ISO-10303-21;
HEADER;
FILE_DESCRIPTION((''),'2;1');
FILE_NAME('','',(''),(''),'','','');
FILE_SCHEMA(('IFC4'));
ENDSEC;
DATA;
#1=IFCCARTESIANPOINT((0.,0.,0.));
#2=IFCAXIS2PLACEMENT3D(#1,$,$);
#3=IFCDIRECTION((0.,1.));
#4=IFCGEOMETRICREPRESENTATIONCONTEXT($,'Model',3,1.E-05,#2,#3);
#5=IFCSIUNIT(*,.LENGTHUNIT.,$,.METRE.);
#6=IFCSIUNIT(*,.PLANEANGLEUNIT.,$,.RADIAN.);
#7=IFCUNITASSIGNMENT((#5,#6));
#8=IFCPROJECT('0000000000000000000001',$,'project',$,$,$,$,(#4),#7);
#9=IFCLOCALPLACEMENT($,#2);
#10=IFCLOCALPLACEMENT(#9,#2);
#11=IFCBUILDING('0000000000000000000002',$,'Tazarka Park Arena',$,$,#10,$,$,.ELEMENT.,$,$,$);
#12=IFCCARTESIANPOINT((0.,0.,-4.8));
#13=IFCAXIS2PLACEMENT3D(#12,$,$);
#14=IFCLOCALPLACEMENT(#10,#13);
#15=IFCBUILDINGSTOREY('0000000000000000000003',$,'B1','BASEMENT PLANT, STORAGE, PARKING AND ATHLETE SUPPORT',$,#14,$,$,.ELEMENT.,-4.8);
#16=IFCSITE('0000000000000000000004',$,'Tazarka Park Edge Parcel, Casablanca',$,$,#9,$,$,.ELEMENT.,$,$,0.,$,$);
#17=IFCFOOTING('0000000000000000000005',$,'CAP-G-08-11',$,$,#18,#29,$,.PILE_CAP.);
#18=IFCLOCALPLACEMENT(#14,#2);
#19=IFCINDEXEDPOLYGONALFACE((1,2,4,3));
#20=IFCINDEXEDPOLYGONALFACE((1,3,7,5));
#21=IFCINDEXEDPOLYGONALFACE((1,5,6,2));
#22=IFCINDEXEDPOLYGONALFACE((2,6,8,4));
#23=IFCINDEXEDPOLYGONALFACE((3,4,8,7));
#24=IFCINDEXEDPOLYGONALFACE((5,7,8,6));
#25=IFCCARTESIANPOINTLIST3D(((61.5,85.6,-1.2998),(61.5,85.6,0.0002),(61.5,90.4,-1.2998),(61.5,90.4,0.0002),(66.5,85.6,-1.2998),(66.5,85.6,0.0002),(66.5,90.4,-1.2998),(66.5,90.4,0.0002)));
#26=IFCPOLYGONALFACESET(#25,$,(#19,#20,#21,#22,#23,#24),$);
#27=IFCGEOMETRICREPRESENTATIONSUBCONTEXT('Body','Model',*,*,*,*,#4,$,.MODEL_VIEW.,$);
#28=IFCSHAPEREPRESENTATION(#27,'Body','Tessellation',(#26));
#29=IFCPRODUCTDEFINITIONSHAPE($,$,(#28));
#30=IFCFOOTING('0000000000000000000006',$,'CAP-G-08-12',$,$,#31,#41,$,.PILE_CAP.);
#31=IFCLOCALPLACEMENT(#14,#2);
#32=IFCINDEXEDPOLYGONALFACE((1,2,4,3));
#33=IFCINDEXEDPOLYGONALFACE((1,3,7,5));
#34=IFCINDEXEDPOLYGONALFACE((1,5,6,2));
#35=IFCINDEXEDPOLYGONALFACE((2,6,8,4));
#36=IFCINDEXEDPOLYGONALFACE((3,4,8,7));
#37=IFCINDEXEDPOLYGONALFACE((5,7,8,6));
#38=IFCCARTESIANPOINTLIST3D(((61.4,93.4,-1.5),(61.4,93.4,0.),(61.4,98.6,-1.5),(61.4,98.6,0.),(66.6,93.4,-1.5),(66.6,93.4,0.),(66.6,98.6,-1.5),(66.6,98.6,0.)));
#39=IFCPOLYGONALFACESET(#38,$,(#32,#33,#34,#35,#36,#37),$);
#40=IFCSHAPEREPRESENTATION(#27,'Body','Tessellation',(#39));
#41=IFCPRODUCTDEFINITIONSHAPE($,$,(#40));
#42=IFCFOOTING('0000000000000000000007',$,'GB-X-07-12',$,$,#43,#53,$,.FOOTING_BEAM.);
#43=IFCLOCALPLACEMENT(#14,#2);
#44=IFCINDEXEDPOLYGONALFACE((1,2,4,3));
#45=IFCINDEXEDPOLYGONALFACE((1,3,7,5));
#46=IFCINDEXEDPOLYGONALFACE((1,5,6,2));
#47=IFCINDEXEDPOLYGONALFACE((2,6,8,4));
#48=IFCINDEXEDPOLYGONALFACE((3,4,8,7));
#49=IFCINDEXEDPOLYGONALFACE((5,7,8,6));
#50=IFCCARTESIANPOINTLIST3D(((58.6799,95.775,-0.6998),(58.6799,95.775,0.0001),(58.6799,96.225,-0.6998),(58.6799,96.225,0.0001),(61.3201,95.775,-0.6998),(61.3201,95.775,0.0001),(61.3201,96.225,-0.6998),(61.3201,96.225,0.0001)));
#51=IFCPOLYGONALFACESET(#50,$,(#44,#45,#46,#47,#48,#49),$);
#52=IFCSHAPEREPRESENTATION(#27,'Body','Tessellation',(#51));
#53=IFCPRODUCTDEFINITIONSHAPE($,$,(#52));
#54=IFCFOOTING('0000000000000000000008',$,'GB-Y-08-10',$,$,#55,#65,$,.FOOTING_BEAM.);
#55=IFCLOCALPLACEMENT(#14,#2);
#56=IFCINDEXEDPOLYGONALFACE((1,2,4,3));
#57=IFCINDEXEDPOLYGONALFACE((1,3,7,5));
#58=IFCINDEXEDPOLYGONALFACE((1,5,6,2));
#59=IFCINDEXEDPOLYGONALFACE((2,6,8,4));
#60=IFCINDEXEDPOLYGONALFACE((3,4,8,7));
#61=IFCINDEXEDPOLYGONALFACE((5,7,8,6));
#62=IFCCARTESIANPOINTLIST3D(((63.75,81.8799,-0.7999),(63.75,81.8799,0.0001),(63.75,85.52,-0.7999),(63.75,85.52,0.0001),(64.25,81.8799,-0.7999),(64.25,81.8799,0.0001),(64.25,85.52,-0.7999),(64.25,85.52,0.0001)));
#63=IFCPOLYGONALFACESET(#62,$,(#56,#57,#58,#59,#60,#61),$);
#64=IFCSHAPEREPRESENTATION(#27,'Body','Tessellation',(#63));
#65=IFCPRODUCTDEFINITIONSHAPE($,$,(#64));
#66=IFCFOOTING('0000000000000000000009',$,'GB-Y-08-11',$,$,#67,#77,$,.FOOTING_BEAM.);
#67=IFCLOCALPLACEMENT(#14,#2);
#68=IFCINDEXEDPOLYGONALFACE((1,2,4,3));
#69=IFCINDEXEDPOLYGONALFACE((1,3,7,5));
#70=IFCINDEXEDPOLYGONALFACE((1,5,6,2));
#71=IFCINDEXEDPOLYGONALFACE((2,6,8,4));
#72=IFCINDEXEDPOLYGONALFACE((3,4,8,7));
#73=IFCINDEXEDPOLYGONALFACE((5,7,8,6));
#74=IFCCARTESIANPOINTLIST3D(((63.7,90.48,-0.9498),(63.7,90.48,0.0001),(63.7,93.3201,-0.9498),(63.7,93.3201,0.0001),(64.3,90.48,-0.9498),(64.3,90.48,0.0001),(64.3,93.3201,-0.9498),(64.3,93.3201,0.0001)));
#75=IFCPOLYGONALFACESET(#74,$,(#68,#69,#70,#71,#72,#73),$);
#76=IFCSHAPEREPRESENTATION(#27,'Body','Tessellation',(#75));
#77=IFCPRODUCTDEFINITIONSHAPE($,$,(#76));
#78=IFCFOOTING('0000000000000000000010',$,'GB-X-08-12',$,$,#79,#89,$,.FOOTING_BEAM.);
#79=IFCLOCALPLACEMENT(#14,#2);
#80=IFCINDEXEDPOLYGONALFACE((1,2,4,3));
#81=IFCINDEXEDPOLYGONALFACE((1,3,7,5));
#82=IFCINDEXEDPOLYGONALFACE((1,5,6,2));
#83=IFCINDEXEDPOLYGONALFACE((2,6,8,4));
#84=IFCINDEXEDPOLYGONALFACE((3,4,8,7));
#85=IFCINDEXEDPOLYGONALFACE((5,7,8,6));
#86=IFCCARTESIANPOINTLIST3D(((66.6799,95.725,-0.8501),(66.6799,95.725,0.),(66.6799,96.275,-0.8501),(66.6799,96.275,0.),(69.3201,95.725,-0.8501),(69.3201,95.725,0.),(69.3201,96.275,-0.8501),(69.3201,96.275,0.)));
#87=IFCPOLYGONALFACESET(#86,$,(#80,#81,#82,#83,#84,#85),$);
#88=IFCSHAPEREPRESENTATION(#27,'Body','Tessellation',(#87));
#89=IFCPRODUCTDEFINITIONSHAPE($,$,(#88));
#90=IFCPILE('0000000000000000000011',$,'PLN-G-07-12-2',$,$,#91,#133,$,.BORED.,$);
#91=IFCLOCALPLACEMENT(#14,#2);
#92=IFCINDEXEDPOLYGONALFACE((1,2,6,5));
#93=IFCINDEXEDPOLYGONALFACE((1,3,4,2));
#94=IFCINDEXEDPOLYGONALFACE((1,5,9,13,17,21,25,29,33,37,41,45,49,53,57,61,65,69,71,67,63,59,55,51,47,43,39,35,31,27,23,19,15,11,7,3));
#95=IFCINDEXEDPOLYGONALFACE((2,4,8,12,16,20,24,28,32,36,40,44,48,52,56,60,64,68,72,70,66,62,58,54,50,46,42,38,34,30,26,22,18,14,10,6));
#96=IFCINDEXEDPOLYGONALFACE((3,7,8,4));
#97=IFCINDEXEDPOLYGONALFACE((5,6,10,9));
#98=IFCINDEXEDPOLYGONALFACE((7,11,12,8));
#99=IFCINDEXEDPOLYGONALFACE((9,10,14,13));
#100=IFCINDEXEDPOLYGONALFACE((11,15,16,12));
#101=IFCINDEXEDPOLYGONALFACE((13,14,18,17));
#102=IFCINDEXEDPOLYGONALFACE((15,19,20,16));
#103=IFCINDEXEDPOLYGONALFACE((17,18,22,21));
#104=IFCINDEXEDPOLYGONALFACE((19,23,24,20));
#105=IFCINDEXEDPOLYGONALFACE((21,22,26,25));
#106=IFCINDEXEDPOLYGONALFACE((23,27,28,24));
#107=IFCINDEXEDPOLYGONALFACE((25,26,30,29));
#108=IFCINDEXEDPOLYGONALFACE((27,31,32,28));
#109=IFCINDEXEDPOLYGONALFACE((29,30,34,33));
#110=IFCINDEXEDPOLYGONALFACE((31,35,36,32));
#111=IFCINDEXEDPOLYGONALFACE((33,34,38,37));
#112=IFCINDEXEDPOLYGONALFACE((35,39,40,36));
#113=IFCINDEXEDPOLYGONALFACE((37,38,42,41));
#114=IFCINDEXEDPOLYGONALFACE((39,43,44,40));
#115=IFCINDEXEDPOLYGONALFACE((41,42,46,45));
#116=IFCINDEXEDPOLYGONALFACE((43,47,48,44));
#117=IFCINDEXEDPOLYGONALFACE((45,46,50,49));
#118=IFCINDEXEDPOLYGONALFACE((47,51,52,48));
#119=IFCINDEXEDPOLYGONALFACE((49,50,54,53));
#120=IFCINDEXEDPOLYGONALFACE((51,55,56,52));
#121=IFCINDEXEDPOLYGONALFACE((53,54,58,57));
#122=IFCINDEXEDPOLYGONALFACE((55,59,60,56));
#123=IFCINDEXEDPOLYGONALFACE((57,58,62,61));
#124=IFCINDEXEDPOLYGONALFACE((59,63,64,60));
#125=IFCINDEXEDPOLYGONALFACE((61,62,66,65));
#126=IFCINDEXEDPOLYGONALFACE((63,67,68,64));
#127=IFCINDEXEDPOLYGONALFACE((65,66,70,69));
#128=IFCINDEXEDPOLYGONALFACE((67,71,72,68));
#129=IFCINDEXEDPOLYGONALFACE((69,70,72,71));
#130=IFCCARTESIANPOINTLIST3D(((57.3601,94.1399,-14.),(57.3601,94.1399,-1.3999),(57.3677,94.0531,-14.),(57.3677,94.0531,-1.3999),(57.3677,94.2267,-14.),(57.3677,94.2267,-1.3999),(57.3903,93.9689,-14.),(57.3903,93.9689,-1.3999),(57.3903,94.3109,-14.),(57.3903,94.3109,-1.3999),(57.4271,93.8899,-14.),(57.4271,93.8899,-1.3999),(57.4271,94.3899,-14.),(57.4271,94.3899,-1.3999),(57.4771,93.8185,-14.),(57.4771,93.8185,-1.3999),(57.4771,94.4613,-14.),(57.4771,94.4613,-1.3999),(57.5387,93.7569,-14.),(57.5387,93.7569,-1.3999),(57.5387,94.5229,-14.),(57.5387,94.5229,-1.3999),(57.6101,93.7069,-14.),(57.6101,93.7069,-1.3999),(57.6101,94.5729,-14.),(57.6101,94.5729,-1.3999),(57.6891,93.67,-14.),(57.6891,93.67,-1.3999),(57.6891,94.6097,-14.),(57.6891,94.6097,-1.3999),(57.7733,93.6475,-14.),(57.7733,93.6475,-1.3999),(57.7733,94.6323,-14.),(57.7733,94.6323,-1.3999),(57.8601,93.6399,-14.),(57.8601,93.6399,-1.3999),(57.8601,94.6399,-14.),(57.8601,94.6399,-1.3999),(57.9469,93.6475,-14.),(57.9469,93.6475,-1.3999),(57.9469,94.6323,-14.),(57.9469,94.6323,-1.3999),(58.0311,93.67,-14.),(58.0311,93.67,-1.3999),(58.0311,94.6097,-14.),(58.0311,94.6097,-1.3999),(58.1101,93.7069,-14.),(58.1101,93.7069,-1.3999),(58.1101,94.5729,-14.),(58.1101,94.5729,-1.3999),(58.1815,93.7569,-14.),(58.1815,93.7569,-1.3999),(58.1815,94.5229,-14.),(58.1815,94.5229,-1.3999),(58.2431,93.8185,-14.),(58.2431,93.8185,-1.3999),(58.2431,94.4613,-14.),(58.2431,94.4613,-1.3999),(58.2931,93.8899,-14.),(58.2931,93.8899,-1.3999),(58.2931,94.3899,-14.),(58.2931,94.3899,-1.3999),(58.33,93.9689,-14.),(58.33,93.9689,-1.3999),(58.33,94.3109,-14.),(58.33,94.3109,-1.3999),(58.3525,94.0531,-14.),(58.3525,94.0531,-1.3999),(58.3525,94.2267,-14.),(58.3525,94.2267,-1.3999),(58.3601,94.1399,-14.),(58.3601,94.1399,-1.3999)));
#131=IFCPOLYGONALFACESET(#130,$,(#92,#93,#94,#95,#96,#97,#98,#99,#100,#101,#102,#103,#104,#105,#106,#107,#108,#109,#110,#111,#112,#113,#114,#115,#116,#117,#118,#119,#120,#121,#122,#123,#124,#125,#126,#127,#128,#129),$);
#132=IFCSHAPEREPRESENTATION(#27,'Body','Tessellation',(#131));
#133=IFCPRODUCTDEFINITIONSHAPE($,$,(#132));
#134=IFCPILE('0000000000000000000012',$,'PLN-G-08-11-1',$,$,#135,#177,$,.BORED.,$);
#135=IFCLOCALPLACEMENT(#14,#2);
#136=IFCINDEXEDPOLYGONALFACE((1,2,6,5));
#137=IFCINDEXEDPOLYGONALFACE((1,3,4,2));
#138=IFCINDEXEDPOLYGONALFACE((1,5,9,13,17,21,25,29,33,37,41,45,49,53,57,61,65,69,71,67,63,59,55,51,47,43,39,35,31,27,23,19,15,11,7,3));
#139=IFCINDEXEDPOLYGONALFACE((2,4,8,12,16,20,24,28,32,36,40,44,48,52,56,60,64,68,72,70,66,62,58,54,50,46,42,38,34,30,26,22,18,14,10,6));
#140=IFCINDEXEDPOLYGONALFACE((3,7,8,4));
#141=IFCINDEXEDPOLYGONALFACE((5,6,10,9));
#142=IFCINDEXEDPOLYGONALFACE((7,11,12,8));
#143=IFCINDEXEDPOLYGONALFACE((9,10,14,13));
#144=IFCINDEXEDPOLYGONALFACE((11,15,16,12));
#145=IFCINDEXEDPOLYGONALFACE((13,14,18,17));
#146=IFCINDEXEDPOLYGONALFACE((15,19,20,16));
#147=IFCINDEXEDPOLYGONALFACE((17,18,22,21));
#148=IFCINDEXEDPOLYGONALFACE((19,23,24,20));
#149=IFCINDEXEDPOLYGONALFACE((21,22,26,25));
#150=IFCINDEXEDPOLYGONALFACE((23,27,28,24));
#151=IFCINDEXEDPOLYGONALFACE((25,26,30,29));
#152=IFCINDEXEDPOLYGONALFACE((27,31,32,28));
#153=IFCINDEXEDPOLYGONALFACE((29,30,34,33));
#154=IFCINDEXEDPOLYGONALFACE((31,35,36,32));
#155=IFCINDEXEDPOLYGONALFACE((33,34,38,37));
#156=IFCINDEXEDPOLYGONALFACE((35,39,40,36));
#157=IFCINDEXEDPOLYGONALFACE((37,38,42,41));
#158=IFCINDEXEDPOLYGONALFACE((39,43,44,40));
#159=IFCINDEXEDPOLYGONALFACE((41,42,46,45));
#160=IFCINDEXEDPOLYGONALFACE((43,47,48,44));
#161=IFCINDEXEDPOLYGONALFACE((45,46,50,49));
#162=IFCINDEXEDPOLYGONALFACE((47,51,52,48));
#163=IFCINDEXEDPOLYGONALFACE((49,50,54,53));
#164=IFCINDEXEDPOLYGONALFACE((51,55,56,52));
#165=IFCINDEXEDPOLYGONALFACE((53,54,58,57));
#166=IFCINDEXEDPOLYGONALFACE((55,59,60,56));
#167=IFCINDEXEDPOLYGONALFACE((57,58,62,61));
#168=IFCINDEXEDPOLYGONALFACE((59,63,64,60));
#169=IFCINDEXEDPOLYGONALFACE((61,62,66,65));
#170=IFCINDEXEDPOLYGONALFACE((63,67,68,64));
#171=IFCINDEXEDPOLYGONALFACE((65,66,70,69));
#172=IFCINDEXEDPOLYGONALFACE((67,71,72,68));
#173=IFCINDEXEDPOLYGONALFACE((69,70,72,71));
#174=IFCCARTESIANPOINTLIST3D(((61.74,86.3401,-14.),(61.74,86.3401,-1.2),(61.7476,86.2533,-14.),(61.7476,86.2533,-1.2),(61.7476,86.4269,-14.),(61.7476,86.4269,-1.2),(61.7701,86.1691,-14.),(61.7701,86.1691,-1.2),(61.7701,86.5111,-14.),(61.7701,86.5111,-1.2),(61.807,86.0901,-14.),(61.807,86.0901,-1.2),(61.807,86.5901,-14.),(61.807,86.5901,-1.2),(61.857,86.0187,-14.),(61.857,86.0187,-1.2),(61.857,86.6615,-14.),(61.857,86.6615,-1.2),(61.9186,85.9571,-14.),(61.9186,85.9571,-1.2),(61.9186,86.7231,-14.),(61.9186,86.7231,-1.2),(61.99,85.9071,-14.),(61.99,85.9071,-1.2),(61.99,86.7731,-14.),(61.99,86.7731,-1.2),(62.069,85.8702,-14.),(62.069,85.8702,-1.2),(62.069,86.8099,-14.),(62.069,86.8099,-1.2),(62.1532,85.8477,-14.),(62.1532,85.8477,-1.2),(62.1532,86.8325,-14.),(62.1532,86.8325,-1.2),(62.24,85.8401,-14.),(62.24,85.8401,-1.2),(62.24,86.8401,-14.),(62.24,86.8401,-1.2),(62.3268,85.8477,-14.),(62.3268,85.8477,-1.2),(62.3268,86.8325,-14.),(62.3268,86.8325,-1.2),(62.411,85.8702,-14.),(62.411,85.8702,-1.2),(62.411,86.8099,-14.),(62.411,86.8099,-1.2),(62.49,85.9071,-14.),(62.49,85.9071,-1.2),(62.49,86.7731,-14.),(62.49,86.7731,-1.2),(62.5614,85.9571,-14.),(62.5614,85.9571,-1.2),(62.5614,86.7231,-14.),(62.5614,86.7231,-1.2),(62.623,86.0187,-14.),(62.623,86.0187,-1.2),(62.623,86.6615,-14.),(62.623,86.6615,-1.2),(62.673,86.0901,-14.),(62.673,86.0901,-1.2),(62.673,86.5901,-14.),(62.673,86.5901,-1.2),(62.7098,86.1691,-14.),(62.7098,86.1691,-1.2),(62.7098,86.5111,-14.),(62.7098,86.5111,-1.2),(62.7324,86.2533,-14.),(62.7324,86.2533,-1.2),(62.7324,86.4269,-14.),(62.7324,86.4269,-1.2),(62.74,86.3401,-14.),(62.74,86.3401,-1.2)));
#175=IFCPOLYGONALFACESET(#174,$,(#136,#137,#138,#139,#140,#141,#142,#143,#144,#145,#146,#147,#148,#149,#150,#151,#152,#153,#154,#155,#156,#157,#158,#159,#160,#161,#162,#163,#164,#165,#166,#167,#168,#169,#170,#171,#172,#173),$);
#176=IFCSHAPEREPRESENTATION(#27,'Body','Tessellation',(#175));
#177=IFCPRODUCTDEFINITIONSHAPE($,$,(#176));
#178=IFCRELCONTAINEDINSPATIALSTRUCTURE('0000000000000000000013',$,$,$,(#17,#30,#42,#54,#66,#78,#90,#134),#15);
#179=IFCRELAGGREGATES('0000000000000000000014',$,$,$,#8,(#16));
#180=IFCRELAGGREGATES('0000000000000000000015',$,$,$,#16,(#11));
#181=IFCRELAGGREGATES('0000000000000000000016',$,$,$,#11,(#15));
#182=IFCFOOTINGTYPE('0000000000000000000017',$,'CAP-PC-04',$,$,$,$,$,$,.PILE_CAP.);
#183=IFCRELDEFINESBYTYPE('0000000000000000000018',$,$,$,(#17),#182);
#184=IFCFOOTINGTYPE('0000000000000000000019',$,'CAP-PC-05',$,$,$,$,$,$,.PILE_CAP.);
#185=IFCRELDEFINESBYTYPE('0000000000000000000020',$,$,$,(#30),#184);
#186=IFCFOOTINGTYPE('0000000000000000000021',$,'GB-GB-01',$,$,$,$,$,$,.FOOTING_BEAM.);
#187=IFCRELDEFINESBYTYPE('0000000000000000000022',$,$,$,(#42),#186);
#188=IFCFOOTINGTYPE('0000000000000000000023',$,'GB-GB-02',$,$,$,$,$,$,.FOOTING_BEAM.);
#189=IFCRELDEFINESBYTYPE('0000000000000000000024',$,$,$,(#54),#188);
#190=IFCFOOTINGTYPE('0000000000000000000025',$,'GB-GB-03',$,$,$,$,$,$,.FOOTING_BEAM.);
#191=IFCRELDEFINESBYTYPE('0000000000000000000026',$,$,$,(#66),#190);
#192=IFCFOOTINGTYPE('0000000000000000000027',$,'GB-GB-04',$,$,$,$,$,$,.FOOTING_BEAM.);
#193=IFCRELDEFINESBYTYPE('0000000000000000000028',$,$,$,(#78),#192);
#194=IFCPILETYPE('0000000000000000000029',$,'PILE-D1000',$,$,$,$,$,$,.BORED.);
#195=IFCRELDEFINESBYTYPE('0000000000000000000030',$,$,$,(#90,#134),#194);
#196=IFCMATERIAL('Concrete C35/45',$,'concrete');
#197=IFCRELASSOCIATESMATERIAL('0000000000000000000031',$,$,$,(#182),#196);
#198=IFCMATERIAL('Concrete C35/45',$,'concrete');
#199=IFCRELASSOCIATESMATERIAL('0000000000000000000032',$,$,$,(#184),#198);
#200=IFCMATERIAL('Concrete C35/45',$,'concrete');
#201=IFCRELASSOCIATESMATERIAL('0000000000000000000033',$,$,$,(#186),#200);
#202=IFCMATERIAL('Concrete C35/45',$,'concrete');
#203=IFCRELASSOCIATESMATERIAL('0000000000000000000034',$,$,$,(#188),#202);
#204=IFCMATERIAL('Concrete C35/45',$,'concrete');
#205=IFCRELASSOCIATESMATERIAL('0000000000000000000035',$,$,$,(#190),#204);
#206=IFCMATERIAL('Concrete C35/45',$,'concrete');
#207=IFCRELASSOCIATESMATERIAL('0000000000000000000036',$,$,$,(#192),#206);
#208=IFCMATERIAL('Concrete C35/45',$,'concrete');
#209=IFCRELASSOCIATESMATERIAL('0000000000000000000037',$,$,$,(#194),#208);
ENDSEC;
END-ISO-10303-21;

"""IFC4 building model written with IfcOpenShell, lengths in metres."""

from ifc_helpers import new_model, si_unit, direction, frame, origin, origin_2d, place, context, subcontext, project, spatial, rectangle, circle, extrude, material, material_profile, profile_set, type_object, element, save


model = new_model("IFC4")

# Units and contexts
model_context = context("Model", 3, precision=1e-05, world=origin(), true_north=direction((0.0, 1.0)))
body_context = subcontext(model_context, "Body", "Model", "MODEL_VIEW")
ifc_project = project(units=[si_unit("LENGTHUNIT", "METRE"), si_unit("PLANEANGLEUNIT", "RADIAN")], contexts=[model_context])

# Site, building, storey
site_placement = place(None, origin())
site = spatial("IfcSite", under=ifc_project, at=site_placement, Name="Tazarka Park Edge Parcel, Casablanca", CompositionType="ELEMENT", RefElevation=0.0)
building_placement = place(site_placement, origin())
building = spatial("IfcBuilding", under=site, at=building_placement, Name="Tazarka Park Arena", CompositionType="ELEMENT")
storey_placement = place(building_placement, frame((0.0, 0.0, -4.8)))
storey = spatial("IfcBuildingStorey", under=building, at=storey_placement, Name="B1", Description="BASEMENT PLANT, STORAGE, PARKING AND ATHLETE SUPPORT", CompositionType="ELEMENT", Elevation=-4.8)

# Footings
ifc_material_1 = material(Name="Concrete C35/45", Category="concrete")
footing_type_1 = type_object("IfcFootingType", Name="CAP-PC-04", PredefinedType="PILE_CAP", material=ifc_material_1)
footing_1_placement = place(storey_placement, frame((64.0, 88.0, -1.2998), z_axis=(0.0, 0.0, 1.0), x_axis=(1.0, 0.0, 0.0)))
element("IfcFooting", 1, at=footing_1_placement, inside=storey, type_object=footing_type_1, Name="CAP-G-08-11", PredefinedType="PILE_CAP", context=body_context, shape_type="SweptSolid", body=[
    extrude(rectangle(XDim=5.0, YDim=4.8, at=origin_2d()), origin(), (0.0, 0.0, 1.0), 1.3),
])
ifc_material_2 = material(Name="Concrete C35/45", Category="concrete")
footing_type_2 = type_object("IfcFootingType", Name="CAP-PC-05", PredefinedType="PILE_CAP", material=ifc_material_2)
footing_2_placement = place(storey_placement, frame((64.0, 96.0, -1.5), z_axis=(0.0, 0.0, 1.0), x_axis=(1.0, 0.0, 0.0)))
element("IfcFooting", 2, at=footing_2_placement, inside=storey, type_object=footing_type_2, Name="CAP-G-08-12", PredefinedType="PILE_CAP", context=body_context, shape_type="SweptSolid", body=[
    extrude(rectangle(XDim=5.2, YDim=5.2, at=origin_2d()), origin(), (0.0, 0.0, 1.0), 1.5),
])
ifc_material_3 = material(Name="Concrete C35/45", Category="concrete")
ifc_material_profile_1 = material_profile(ifc_material_3, rectangle(XDim=0.45, YDim=0.7, at=origin_2d()), Name="Concrete C35/45")
ifc_profile_set_1 = profile_set([ifc_material_profile_1], Name="Concrete C35/45")
footing_type_3 = type_object("IfcFootingType", Name="GB-GB-01", PredefinedType="FOOTING_BEAM", material=ifc_profile_set_1)
footing_3_placement = place(storey_placement, frame((58.6799, 96.0, -0.3499), z_axis=(1.0, 0.0, 0.0), x_axis=(0.0, 1.0, 0.0)))
element("IfcFooting", 3, at=footing_3_placement, inside=storey, type_object=footing_type_3, Name="GB-X-07-12", PredefinedType="FOOTING_BEAM", context=body_context, shape_type="SweptSolid", body=[
    extrude(rectangle(XDim=0.45, YDim=0.7, at=origin_2d()), origin(), (0.0, 0.0, 1.0), 2.6401),
])
ifc_material_4 = material(Name="Concrete C35/45", Category="concrete")
ifc_material_profile_2 = material_profile(ifc_material_4, rectangle(XDim=0.5, YDim=0.8, at=origin_2d()), Name="Concrete C35/45")
ifc_profile_set_2 = profile_set([ifc_material_profile_2], Name="Concrete C35/45")
footing_type_4 = type_object("IfcFootingType", Name="GB-GB-02", PredefinedType="FOOTING_BEAM", material=ifc_profile_set_2)
footing_4_placement = place(storey_placement, frame((64.0, 81.8799, -0.3999), z_axis=(0.0, 1.0, 0.0), x_axis=(-1.0, 0.0, 0.0)))
element("IfcFooting", 4, at=footing_4_placement, inside=storey, type_object=footing_type_4, Name="GB-Y-08-10", PredefinedType="FOOTING_BEAM", context=body_context, shape_type="SweptSolid", body=[
    extrude(rectangle(XDim=0.5, YDim=0.8, at=origin_2d()), origin(), (0.0, 0.0, 1.0), 3.6401),
])
ifc_material_5 = material(Name="Concrete C35/45", Category="concrete")
ifc_material_profile_3 = material_profile(ifc_material_5, rectangle(XDim=0.6001, YDim=0.95, at=origin_2d()), Name="Concrete C35/45")
ifc_profile_set_3 = profile_set([ifc_material_profile_3], Name="Concrete C35/45")
footing_type_5 = type_object("IfcFootingType", Name="GB-GB-03", PredefinedType="FOOTING_BEAM", material=ifc_profile_set_3)
footing_5_placement = place(storey_placement, frame((64.0, 90.48, -0.4749), z_axis=(0.0, 1.0, 0.0), x_axis=(-1.0, 0.0, 0.0)))
element("IfcFooting", 5, at=footing_5_placement, inside=storey, type_object=footing_type_5, Name="GB-Y-08-11", PredefinedType="FOOTING_BEAM", context=body_context, shape_type="SweptSolid", body=[
    extrude(rectangle(XDim=0.6001, YDim=0.95, at=origin_2d()), origin(), (0.0, 0.0, 1.0), 2.8401),
])
ifc_material_6 = material(Name="Concrete C35/45", Category="concrete")
ifc_material_profile_4 = material_profile(ifc_material_6, rectangle(XDim=0.55, YDim=0.8501, at=origin_2d()), Name="Concrete C35/45")
ifc_profile_set_4 = profile_set([ifc_material_profile_4], Name="Concrete C35/45")
footing_type_6 = type_object("IfcFootingType", Name="GB-GB-04", PredefinedType="FOOTING_BEAM", material=ifc_profile_set_4)
footing_6_placement = place(storey_placement, frame((66.6799, 96.0, -0.425), z_axis=(1.0, 0.0, 0.0), x_axis=(0.0, 1.0, 0.0)))
element("IfcFooting", 6, at=footing_6_placement, inside=storey, type_object=footing_type_6, Name="GB-X-08-12", PredefinedType="FOOTING_BEAM", context=body_context, shape_type="SweptSolid", body=[
    extrude(rectangle(XDim=0.55, YDim=0.8501, at=origin_2d()), origin(), (0.0, 0.0, 1.0), 2.6401),
])

# Piles
ifc_material_7 = material(Name="Concrete C35/45", Category="concrete")
ifc_material_profile_5 = material_profile(ifc_material_7, circle(Radius=0.5, at=origin_2d()), Name="Concrete C35/45")
ifc_profile_set_5 = profile_set([ifc_material_profile_5], Name="Concrete C35/45")
pile_type_1 = type_object("IfcPileType", Name="PILE-D1000", PredefinedType="BORED", material=ifc_profile_set_5)
pile_1_placement = place(storey_placement, frame((57.8601, 94.1399, -1.3999), z_axis=(0.0, 0.0, -1.0), x_axis=(1.0, 0.0, 0.0)))
element("IfcPile", 7, at=pile_1_placement, inside=storey, type_object=pile_type_1, Name="PLN-G-07-12-2", PredefinedType="BORED", context=body_context, shape_type="SweptSolid", body=[
    extrude(circle(Radius=0.5, at=origin_2d()), origin(), (0.0, 0.0, 1.0), 12.6001),
])
for number, where, z_axis, x_axis, name in (
    (8, (62.24, 86.3401, -1.2), (0.0, 0.0, -1.0), (1.0, 0.0, 0.0), "PLN-G-08-11-1"),
):
    element("IfcPile", number, at=place(storey_placement, frame(where, z_axis=z_axis, x_axis=x_axis)), inside=storey, type_object=pile_type_1, Name=name, PredefinedType="BORED", context=body_context, shape_type="SweptSolid", body=[
        extrude(circle(Radius=0.5, at=origin_2d()), origin(), (0.0, 0.0, 1.0), 12.8),
    ])

save(model, "model.ifc")
